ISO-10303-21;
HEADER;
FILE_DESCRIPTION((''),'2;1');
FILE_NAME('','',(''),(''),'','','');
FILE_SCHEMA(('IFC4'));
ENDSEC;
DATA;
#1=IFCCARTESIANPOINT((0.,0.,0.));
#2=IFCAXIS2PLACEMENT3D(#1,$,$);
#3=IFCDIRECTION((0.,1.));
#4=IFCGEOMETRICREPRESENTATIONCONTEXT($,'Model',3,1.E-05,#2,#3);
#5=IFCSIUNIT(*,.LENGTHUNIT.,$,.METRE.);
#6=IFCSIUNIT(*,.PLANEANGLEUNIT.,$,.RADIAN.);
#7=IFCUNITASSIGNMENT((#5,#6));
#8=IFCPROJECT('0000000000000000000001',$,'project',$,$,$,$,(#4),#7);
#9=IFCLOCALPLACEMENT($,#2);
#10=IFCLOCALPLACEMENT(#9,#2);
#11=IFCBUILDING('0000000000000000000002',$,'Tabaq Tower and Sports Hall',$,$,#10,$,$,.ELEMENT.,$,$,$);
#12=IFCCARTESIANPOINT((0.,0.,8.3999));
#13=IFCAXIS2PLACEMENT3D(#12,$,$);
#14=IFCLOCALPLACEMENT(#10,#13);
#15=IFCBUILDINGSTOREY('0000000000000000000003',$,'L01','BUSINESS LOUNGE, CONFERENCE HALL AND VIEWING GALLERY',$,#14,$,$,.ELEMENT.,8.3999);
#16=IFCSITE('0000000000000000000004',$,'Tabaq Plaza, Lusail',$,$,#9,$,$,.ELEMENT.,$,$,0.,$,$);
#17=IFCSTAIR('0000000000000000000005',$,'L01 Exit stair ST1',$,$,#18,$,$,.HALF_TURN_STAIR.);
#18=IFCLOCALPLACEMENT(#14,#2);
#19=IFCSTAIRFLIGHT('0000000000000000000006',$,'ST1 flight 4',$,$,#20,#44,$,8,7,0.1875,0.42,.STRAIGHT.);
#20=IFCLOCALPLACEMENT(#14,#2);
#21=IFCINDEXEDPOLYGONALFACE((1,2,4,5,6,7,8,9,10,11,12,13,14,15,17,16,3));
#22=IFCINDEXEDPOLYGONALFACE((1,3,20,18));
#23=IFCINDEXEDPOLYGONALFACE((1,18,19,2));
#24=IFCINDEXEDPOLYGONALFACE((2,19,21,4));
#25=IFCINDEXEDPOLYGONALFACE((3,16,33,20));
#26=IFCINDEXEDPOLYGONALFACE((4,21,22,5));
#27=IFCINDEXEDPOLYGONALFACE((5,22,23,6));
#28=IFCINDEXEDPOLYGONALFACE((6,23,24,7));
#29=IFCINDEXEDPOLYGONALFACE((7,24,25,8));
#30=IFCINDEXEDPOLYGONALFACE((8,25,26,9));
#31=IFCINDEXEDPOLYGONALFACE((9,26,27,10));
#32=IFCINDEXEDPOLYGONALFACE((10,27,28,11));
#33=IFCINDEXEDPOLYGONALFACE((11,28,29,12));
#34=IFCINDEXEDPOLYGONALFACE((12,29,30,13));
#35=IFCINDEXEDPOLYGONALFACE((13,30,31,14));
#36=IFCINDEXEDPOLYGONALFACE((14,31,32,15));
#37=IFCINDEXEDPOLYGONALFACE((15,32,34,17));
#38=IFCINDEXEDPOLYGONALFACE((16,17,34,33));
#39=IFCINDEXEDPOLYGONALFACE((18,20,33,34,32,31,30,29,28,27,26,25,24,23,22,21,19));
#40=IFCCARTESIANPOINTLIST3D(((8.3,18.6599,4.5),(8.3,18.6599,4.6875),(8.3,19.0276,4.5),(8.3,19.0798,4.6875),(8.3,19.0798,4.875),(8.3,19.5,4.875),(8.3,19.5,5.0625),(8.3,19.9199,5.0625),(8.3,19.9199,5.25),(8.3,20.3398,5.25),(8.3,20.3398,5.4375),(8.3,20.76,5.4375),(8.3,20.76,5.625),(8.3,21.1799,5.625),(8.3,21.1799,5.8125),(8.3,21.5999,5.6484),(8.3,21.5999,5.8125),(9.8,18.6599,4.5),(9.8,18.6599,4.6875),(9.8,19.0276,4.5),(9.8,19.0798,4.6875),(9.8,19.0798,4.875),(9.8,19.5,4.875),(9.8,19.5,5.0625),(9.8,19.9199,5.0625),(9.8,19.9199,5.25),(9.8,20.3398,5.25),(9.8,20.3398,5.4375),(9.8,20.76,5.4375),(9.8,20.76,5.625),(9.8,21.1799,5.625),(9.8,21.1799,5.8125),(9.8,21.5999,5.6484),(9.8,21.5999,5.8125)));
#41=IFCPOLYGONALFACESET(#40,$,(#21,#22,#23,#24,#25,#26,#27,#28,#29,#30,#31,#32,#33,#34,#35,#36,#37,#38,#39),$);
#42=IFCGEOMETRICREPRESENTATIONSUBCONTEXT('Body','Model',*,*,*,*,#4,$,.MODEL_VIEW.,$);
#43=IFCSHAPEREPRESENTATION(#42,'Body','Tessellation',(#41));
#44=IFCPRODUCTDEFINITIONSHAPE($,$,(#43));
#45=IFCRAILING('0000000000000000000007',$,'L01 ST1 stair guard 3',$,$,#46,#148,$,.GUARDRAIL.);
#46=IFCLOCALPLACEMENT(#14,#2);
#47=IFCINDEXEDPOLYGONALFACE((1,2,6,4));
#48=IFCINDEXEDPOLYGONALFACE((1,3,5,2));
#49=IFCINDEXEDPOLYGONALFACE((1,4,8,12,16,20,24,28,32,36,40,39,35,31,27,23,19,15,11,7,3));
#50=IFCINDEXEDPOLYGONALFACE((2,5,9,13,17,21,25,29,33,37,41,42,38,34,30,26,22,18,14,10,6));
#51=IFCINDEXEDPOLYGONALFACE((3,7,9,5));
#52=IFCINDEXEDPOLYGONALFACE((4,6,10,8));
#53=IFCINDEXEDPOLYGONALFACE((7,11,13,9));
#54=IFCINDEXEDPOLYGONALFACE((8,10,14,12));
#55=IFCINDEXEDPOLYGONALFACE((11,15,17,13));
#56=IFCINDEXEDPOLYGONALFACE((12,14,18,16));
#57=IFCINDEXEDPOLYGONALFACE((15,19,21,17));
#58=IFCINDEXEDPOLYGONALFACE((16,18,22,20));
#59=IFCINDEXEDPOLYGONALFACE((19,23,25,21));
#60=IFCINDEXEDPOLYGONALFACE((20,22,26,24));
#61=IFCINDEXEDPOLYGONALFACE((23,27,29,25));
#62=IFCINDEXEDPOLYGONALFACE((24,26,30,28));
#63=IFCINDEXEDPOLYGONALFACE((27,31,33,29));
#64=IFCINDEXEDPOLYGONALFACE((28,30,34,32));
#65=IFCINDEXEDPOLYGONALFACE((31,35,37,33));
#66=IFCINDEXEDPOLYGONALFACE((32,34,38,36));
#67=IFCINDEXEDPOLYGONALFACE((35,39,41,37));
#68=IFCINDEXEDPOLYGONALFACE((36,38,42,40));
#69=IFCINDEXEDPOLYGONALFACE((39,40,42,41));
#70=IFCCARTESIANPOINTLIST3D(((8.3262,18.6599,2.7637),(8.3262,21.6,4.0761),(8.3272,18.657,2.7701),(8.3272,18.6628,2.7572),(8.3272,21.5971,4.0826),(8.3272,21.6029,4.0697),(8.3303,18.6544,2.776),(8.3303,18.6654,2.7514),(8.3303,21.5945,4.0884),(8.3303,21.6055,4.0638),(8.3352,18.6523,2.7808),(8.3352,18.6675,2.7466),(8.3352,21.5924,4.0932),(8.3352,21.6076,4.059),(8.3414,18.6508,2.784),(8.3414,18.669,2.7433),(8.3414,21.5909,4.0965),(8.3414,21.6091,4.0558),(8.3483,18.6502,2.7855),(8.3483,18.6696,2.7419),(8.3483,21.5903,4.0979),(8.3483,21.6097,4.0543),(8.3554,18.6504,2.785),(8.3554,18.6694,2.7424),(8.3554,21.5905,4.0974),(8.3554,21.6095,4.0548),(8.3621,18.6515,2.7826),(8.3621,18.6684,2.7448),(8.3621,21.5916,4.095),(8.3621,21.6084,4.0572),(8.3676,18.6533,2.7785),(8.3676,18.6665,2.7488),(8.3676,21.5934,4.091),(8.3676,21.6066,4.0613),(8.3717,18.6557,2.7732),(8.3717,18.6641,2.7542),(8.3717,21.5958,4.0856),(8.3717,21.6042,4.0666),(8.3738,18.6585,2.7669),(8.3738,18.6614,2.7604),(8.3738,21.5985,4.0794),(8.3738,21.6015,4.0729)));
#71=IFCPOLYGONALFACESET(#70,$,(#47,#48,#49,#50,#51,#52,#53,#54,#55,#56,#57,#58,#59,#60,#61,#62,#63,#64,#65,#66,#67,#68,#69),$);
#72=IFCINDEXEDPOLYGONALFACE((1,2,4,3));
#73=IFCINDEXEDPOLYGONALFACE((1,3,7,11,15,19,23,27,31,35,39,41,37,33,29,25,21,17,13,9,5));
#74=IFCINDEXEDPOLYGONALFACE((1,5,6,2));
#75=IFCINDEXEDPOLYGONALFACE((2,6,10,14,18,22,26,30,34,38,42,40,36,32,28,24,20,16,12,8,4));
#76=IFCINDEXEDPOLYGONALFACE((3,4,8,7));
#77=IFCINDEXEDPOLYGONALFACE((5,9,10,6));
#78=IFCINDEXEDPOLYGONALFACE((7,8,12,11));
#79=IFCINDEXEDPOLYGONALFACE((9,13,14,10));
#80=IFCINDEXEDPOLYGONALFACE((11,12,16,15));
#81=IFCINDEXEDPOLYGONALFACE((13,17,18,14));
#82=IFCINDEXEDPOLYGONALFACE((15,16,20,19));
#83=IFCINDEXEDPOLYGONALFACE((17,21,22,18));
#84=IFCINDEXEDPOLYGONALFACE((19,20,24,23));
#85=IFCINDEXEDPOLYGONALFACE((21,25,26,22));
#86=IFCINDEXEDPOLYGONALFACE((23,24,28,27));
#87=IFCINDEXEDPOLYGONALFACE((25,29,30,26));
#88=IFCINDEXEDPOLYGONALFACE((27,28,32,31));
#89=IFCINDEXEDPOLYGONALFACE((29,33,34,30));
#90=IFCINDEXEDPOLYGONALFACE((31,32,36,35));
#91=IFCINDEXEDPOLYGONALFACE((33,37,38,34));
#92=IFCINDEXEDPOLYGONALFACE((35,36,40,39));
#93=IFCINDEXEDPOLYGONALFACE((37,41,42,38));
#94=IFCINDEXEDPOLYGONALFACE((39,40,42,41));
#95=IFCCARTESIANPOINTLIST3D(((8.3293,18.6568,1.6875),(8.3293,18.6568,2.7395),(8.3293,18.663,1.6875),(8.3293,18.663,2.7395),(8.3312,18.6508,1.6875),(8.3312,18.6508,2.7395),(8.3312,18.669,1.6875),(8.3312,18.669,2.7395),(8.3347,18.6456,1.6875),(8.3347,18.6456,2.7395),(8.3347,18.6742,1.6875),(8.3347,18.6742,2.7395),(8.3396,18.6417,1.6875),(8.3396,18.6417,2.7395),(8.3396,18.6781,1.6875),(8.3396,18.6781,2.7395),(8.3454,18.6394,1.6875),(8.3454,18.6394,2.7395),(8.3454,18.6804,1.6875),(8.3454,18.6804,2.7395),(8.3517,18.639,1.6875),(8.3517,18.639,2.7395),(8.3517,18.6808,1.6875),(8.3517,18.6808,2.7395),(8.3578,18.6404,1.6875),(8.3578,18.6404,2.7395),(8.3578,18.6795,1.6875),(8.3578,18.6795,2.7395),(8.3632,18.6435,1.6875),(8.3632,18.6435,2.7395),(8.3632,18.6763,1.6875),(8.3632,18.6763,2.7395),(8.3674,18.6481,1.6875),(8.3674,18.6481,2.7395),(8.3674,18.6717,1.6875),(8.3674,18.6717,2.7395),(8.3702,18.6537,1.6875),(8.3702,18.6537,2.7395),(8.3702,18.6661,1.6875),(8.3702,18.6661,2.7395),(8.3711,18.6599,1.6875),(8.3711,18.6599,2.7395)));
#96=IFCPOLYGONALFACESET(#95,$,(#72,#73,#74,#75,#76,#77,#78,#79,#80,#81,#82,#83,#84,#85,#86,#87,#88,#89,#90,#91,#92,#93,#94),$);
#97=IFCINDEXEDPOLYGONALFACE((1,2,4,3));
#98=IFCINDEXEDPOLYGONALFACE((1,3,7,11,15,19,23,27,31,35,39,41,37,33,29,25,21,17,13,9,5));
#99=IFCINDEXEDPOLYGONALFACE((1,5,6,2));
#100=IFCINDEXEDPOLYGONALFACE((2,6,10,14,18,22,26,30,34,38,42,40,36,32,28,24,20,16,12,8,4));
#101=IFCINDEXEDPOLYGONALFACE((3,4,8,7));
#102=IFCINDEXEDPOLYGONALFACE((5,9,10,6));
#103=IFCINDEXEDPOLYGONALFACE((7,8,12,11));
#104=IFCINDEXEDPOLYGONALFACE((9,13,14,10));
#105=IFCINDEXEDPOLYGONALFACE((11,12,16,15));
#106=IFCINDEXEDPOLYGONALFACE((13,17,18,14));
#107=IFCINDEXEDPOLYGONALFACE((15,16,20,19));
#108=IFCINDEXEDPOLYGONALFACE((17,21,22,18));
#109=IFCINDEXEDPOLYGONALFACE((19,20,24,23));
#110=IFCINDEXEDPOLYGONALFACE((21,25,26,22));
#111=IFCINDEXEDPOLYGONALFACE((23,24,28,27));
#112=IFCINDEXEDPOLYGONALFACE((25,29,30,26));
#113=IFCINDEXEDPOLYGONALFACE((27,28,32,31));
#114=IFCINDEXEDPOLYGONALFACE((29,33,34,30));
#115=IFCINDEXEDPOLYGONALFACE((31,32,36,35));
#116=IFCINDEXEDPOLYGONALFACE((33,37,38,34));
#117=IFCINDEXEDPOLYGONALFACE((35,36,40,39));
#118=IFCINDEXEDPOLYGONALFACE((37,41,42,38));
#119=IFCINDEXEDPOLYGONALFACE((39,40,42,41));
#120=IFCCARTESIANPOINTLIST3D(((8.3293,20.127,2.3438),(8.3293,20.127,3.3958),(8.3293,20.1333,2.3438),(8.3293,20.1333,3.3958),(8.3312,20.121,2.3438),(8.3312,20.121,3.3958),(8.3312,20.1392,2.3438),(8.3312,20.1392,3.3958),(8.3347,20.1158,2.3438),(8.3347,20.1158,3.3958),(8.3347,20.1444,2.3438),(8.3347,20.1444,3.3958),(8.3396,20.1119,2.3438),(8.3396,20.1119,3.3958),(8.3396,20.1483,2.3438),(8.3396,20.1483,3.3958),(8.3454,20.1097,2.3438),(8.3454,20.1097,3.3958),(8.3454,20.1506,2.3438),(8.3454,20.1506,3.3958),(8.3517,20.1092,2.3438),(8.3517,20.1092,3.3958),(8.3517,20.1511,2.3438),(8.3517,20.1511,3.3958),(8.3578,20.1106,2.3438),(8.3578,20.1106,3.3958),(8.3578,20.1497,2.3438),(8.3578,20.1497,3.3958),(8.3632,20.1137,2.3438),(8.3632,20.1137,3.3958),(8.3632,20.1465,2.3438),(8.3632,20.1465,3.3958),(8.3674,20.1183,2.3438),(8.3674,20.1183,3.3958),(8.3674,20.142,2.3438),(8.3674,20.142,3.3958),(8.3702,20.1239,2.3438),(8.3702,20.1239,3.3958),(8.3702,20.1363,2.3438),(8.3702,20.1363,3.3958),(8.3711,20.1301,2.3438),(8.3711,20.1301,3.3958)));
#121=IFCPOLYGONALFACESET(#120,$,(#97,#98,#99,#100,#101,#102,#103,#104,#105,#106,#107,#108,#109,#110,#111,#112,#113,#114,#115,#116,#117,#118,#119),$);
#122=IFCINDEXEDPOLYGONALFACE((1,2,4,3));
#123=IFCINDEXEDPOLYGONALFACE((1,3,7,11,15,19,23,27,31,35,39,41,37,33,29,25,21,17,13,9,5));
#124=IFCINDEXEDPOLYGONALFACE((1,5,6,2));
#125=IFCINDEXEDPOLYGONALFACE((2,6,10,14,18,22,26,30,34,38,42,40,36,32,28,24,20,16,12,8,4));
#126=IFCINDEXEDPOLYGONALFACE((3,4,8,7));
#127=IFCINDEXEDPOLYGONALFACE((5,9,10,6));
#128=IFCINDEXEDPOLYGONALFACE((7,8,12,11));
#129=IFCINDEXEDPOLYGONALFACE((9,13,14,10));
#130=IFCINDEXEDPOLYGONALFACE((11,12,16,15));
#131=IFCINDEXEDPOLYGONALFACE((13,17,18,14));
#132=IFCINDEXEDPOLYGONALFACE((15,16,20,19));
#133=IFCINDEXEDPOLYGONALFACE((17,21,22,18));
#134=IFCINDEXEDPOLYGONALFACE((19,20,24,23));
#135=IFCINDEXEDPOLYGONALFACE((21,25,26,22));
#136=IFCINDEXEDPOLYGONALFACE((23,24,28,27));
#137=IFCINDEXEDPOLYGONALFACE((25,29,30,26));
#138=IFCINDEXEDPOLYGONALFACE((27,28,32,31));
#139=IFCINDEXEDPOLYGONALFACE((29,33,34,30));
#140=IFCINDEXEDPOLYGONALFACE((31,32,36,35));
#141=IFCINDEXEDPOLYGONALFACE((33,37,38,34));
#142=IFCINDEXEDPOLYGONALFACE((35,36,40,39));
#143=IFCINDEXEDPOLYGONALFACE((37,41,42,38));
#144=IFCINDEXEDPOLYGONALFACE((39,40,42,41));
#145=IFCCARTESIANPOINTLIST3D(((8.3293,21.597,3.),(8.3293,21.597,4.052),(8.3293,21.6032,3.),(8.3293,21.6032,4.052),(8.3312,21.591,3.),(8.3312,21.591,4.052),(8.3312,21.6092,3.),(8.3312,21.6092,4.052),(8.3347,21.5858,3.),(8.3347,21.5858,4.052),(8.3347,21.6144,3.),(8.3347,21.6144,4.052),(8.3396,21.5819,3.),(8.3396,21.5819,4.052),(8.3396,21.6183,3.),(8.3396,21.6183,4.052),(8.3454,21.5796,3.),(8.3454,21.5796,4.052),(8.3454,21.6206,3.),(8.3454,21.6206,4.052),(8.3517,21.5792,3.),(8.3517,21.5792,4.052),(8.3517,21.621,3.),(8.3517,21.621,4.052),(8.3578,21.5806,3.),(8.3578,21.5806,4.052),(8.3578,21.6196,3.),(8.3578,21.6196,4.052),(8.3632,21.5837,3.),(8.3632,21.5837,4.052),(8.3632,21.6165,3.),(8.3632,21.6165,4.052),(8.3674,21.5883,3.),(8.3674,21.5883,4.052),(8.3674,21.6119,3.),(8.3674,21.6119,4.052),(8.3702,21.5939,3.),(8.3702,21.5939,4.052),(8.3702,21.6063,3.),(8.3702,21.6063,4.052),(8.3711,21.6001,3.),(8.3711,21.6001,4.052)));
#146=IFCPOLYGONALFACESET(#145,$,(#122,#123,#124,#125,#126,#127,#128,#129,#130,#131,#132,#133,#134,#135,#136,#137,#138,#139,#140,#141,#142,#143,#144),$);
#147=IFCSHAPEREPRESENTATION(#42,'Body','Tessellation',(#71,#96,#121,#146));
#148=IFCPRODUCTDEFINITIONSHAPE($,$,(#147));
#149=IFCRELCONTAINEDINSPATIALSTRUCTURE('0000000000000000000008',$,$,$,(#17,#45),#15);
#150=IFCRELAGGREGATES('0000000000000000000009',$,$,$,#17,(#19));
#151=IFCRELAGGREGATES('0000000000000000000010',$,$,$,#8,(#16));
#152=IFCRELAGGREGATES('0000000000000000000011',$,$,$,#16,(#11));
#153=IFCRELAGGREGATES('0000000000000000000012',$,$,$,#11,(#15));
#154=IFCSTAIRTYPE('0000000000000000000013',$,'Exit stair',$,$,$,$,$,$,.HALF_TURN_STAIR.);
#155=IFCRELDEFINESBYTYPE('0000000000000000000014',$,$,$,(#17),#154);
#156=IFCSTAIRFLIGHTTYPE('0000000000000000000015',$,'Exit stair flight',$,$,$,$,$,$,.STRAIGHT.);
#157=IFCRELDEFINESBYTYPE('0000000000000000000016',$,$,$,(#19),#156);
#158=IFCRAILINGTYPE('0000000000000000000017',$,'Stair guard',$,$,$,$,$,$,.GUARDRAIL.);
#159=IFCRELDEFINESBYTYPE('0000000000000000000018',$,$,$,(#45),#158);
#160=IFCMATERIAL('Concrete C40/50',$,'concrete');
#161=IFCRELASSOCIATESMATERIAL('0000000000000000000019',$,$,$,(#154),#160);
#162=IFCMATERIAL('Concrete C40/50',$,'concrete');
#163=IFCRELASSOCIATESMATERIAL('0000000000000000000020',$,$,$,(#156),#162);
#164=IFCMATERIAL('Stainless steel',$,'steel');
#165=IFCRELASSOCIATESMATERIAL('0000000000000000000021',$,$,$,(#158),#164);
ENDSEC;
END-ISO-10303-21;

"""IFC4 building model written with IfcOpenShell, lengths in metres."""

from ifc_helpers import new_model, si_unit, direction, frame, origin, origin_2d, place, context, subcontext, project, spatial, polyline, circle, outline, extrude, material, type_object, element, aggregate, save


model = new_model("IFC4")

# Units and contexts
model_context = context("Model", 3, precision=1e-05, world=origin(), true_north=direction((0.0, 1.0)))
body_context = subcontext(model_context, "Body", "Model", "MODEL_VIEW")
ifc_project = project(units=[si_unit("LENGTHUNIT", "METRE"), si_unit("PLANEANGLEUNIT", "RADIAN")], contexts=[model_context])

# Site, building, storey
site_placement = place(None, origin())
site = spatial("IfcSite", under=ifc_project, at=site_placement, Name="Tabaq Plaza, Lusail", CompositionType="ELEMENT", RefElevation=0.0)
building_placement = place(site_placement, origin())
building = spatial("IfcBuilding", under=site, at=building_placement, Name="Tabaq Tower and Sports Hall", CompositionType="ELEMENT")
storey_placement = place(building_placement, frame((0.0, 0.0, 8.3999)))
storey = spatial("IfcBuildingStorey", under=building, at=storey_placement, Name="L01", Description="BUSINESS LOUNGE, CONFERENCE HALL AND VIEWING GALLERY", CompositionType="ELEMENT", Elevation=8.3999)

# Stair, stair flight
ifc_material_1 = material(Name="Concrete C40/50", Category="concrete")
stair_type = type_object("IfcStairType", Name="Exit stair", PredefinedType="HALF_TURN_STAIR", material=ifc_material_1)
stair_placement = place(storey_placement, origin())
stair = element("IfcStair", 1, at=stair_placement, inside=storey, type_object=stair_type, Name="L01 Exit stair ST1", PredefinedType="HALF_TURN_STAIR")
ifc_material_2 = material(Name="Concrete C40/50", Category="concrete")
stair_flight_type = type_object("IfcStairFlightType", Name="Exit stair flight", PredefinedType="STRAIGHT", material=ifc_material_2)
stair_flight_1_placement = place(storey_placement, frame((9.05, 18.6599, 4.5), z_axis=(0.0, 0.0, 1.0), x_axis=(0.0, 1.0, 0.0)))
stair_flight_1 = element("IfcStairFlight", 2, at=stair_flight_1_placement, type_object=stair_flight_type, Name="ST1 flight 4", NumberOfRisers=8, NumberOfTreads=7, PredefinedType="STRAIGHT", RiserHeight=0.1875, TreadLength=0.42, context=body_context, shape_type="SweptSolid", body=[
    extrude(outline(polyline([(0.0, 0.0), (0.0, 0.1875), (0.4199, 0.1875), (0.4199, 0.375), (0.8401, 0.375), (0.8401, 0.5625), (1.26, 0.5625), (1.26, 0.75), (1.6799, 0.75), (1.6799, 0.9375), (2.1001, 0.9375), (2.1001, 1.125), (2.52, 1.125), (2.52, 1.3125), (2.9399, 1.3125), (2.9399, 1.5), (2.9399, 1.1484), (0.3677, 0.0), (0.0, 0.0)])), frame((0.0, 0.75, 0.0), z_axis=(0.0, -1.0, 0.0), x_axis=(1.0, 0.0, 0.0)), (0.0, 0.0, 1.0), 1.5),
])
aggregate(stair, [stair_flight_1])

# Railing
ifc_material_3 = material(Name="Stainless steel", Category="steel")
railing_type_1 = type_object("IfcRailingType", Name="Stair guard", PredefinedType="GUARDRAIL", material=ifc_material_3)
railing_1_placement = place(storey_placement, frame((8.3501, 18.6599, 1.6875)))
element("IfcRailing", 3, at=railing_1_placement, inside=storey, type_object=railing_type_1, Name="L01 ST1 stair guard 3", PredefinedType="GUARDRAIL", context=body_context, shape_type="SweptSolid", body=[
    extrude(circle(Radius=0.0239, at=origin_2d()), frame((0.0, 0.0, 1.0762), z_axis=(0.0, 0.913147, 0.407629), x_axis=(-1.0, 0.0, 0.0)), (0.0, 0.0, 1.0), 3.2197),
    extrude(circle(Radius=0.021, at=origin_2d()), origin(), (0.0, 0.0, 1.0), 1.052),
    extrude(circle(Radius=0.021, at=origin_2d()), frame((0.0, 1.4702, 0.6562)), (0.0, 0.0, 1.0), 1.052),
    extrude(circle(Radius=0.021, at=origin_2d()), frame((0.0, 2.9402, 1.3125)), (0.0, 0.0, 1.0), 1.052),
])

save(model, "model.ifc")
